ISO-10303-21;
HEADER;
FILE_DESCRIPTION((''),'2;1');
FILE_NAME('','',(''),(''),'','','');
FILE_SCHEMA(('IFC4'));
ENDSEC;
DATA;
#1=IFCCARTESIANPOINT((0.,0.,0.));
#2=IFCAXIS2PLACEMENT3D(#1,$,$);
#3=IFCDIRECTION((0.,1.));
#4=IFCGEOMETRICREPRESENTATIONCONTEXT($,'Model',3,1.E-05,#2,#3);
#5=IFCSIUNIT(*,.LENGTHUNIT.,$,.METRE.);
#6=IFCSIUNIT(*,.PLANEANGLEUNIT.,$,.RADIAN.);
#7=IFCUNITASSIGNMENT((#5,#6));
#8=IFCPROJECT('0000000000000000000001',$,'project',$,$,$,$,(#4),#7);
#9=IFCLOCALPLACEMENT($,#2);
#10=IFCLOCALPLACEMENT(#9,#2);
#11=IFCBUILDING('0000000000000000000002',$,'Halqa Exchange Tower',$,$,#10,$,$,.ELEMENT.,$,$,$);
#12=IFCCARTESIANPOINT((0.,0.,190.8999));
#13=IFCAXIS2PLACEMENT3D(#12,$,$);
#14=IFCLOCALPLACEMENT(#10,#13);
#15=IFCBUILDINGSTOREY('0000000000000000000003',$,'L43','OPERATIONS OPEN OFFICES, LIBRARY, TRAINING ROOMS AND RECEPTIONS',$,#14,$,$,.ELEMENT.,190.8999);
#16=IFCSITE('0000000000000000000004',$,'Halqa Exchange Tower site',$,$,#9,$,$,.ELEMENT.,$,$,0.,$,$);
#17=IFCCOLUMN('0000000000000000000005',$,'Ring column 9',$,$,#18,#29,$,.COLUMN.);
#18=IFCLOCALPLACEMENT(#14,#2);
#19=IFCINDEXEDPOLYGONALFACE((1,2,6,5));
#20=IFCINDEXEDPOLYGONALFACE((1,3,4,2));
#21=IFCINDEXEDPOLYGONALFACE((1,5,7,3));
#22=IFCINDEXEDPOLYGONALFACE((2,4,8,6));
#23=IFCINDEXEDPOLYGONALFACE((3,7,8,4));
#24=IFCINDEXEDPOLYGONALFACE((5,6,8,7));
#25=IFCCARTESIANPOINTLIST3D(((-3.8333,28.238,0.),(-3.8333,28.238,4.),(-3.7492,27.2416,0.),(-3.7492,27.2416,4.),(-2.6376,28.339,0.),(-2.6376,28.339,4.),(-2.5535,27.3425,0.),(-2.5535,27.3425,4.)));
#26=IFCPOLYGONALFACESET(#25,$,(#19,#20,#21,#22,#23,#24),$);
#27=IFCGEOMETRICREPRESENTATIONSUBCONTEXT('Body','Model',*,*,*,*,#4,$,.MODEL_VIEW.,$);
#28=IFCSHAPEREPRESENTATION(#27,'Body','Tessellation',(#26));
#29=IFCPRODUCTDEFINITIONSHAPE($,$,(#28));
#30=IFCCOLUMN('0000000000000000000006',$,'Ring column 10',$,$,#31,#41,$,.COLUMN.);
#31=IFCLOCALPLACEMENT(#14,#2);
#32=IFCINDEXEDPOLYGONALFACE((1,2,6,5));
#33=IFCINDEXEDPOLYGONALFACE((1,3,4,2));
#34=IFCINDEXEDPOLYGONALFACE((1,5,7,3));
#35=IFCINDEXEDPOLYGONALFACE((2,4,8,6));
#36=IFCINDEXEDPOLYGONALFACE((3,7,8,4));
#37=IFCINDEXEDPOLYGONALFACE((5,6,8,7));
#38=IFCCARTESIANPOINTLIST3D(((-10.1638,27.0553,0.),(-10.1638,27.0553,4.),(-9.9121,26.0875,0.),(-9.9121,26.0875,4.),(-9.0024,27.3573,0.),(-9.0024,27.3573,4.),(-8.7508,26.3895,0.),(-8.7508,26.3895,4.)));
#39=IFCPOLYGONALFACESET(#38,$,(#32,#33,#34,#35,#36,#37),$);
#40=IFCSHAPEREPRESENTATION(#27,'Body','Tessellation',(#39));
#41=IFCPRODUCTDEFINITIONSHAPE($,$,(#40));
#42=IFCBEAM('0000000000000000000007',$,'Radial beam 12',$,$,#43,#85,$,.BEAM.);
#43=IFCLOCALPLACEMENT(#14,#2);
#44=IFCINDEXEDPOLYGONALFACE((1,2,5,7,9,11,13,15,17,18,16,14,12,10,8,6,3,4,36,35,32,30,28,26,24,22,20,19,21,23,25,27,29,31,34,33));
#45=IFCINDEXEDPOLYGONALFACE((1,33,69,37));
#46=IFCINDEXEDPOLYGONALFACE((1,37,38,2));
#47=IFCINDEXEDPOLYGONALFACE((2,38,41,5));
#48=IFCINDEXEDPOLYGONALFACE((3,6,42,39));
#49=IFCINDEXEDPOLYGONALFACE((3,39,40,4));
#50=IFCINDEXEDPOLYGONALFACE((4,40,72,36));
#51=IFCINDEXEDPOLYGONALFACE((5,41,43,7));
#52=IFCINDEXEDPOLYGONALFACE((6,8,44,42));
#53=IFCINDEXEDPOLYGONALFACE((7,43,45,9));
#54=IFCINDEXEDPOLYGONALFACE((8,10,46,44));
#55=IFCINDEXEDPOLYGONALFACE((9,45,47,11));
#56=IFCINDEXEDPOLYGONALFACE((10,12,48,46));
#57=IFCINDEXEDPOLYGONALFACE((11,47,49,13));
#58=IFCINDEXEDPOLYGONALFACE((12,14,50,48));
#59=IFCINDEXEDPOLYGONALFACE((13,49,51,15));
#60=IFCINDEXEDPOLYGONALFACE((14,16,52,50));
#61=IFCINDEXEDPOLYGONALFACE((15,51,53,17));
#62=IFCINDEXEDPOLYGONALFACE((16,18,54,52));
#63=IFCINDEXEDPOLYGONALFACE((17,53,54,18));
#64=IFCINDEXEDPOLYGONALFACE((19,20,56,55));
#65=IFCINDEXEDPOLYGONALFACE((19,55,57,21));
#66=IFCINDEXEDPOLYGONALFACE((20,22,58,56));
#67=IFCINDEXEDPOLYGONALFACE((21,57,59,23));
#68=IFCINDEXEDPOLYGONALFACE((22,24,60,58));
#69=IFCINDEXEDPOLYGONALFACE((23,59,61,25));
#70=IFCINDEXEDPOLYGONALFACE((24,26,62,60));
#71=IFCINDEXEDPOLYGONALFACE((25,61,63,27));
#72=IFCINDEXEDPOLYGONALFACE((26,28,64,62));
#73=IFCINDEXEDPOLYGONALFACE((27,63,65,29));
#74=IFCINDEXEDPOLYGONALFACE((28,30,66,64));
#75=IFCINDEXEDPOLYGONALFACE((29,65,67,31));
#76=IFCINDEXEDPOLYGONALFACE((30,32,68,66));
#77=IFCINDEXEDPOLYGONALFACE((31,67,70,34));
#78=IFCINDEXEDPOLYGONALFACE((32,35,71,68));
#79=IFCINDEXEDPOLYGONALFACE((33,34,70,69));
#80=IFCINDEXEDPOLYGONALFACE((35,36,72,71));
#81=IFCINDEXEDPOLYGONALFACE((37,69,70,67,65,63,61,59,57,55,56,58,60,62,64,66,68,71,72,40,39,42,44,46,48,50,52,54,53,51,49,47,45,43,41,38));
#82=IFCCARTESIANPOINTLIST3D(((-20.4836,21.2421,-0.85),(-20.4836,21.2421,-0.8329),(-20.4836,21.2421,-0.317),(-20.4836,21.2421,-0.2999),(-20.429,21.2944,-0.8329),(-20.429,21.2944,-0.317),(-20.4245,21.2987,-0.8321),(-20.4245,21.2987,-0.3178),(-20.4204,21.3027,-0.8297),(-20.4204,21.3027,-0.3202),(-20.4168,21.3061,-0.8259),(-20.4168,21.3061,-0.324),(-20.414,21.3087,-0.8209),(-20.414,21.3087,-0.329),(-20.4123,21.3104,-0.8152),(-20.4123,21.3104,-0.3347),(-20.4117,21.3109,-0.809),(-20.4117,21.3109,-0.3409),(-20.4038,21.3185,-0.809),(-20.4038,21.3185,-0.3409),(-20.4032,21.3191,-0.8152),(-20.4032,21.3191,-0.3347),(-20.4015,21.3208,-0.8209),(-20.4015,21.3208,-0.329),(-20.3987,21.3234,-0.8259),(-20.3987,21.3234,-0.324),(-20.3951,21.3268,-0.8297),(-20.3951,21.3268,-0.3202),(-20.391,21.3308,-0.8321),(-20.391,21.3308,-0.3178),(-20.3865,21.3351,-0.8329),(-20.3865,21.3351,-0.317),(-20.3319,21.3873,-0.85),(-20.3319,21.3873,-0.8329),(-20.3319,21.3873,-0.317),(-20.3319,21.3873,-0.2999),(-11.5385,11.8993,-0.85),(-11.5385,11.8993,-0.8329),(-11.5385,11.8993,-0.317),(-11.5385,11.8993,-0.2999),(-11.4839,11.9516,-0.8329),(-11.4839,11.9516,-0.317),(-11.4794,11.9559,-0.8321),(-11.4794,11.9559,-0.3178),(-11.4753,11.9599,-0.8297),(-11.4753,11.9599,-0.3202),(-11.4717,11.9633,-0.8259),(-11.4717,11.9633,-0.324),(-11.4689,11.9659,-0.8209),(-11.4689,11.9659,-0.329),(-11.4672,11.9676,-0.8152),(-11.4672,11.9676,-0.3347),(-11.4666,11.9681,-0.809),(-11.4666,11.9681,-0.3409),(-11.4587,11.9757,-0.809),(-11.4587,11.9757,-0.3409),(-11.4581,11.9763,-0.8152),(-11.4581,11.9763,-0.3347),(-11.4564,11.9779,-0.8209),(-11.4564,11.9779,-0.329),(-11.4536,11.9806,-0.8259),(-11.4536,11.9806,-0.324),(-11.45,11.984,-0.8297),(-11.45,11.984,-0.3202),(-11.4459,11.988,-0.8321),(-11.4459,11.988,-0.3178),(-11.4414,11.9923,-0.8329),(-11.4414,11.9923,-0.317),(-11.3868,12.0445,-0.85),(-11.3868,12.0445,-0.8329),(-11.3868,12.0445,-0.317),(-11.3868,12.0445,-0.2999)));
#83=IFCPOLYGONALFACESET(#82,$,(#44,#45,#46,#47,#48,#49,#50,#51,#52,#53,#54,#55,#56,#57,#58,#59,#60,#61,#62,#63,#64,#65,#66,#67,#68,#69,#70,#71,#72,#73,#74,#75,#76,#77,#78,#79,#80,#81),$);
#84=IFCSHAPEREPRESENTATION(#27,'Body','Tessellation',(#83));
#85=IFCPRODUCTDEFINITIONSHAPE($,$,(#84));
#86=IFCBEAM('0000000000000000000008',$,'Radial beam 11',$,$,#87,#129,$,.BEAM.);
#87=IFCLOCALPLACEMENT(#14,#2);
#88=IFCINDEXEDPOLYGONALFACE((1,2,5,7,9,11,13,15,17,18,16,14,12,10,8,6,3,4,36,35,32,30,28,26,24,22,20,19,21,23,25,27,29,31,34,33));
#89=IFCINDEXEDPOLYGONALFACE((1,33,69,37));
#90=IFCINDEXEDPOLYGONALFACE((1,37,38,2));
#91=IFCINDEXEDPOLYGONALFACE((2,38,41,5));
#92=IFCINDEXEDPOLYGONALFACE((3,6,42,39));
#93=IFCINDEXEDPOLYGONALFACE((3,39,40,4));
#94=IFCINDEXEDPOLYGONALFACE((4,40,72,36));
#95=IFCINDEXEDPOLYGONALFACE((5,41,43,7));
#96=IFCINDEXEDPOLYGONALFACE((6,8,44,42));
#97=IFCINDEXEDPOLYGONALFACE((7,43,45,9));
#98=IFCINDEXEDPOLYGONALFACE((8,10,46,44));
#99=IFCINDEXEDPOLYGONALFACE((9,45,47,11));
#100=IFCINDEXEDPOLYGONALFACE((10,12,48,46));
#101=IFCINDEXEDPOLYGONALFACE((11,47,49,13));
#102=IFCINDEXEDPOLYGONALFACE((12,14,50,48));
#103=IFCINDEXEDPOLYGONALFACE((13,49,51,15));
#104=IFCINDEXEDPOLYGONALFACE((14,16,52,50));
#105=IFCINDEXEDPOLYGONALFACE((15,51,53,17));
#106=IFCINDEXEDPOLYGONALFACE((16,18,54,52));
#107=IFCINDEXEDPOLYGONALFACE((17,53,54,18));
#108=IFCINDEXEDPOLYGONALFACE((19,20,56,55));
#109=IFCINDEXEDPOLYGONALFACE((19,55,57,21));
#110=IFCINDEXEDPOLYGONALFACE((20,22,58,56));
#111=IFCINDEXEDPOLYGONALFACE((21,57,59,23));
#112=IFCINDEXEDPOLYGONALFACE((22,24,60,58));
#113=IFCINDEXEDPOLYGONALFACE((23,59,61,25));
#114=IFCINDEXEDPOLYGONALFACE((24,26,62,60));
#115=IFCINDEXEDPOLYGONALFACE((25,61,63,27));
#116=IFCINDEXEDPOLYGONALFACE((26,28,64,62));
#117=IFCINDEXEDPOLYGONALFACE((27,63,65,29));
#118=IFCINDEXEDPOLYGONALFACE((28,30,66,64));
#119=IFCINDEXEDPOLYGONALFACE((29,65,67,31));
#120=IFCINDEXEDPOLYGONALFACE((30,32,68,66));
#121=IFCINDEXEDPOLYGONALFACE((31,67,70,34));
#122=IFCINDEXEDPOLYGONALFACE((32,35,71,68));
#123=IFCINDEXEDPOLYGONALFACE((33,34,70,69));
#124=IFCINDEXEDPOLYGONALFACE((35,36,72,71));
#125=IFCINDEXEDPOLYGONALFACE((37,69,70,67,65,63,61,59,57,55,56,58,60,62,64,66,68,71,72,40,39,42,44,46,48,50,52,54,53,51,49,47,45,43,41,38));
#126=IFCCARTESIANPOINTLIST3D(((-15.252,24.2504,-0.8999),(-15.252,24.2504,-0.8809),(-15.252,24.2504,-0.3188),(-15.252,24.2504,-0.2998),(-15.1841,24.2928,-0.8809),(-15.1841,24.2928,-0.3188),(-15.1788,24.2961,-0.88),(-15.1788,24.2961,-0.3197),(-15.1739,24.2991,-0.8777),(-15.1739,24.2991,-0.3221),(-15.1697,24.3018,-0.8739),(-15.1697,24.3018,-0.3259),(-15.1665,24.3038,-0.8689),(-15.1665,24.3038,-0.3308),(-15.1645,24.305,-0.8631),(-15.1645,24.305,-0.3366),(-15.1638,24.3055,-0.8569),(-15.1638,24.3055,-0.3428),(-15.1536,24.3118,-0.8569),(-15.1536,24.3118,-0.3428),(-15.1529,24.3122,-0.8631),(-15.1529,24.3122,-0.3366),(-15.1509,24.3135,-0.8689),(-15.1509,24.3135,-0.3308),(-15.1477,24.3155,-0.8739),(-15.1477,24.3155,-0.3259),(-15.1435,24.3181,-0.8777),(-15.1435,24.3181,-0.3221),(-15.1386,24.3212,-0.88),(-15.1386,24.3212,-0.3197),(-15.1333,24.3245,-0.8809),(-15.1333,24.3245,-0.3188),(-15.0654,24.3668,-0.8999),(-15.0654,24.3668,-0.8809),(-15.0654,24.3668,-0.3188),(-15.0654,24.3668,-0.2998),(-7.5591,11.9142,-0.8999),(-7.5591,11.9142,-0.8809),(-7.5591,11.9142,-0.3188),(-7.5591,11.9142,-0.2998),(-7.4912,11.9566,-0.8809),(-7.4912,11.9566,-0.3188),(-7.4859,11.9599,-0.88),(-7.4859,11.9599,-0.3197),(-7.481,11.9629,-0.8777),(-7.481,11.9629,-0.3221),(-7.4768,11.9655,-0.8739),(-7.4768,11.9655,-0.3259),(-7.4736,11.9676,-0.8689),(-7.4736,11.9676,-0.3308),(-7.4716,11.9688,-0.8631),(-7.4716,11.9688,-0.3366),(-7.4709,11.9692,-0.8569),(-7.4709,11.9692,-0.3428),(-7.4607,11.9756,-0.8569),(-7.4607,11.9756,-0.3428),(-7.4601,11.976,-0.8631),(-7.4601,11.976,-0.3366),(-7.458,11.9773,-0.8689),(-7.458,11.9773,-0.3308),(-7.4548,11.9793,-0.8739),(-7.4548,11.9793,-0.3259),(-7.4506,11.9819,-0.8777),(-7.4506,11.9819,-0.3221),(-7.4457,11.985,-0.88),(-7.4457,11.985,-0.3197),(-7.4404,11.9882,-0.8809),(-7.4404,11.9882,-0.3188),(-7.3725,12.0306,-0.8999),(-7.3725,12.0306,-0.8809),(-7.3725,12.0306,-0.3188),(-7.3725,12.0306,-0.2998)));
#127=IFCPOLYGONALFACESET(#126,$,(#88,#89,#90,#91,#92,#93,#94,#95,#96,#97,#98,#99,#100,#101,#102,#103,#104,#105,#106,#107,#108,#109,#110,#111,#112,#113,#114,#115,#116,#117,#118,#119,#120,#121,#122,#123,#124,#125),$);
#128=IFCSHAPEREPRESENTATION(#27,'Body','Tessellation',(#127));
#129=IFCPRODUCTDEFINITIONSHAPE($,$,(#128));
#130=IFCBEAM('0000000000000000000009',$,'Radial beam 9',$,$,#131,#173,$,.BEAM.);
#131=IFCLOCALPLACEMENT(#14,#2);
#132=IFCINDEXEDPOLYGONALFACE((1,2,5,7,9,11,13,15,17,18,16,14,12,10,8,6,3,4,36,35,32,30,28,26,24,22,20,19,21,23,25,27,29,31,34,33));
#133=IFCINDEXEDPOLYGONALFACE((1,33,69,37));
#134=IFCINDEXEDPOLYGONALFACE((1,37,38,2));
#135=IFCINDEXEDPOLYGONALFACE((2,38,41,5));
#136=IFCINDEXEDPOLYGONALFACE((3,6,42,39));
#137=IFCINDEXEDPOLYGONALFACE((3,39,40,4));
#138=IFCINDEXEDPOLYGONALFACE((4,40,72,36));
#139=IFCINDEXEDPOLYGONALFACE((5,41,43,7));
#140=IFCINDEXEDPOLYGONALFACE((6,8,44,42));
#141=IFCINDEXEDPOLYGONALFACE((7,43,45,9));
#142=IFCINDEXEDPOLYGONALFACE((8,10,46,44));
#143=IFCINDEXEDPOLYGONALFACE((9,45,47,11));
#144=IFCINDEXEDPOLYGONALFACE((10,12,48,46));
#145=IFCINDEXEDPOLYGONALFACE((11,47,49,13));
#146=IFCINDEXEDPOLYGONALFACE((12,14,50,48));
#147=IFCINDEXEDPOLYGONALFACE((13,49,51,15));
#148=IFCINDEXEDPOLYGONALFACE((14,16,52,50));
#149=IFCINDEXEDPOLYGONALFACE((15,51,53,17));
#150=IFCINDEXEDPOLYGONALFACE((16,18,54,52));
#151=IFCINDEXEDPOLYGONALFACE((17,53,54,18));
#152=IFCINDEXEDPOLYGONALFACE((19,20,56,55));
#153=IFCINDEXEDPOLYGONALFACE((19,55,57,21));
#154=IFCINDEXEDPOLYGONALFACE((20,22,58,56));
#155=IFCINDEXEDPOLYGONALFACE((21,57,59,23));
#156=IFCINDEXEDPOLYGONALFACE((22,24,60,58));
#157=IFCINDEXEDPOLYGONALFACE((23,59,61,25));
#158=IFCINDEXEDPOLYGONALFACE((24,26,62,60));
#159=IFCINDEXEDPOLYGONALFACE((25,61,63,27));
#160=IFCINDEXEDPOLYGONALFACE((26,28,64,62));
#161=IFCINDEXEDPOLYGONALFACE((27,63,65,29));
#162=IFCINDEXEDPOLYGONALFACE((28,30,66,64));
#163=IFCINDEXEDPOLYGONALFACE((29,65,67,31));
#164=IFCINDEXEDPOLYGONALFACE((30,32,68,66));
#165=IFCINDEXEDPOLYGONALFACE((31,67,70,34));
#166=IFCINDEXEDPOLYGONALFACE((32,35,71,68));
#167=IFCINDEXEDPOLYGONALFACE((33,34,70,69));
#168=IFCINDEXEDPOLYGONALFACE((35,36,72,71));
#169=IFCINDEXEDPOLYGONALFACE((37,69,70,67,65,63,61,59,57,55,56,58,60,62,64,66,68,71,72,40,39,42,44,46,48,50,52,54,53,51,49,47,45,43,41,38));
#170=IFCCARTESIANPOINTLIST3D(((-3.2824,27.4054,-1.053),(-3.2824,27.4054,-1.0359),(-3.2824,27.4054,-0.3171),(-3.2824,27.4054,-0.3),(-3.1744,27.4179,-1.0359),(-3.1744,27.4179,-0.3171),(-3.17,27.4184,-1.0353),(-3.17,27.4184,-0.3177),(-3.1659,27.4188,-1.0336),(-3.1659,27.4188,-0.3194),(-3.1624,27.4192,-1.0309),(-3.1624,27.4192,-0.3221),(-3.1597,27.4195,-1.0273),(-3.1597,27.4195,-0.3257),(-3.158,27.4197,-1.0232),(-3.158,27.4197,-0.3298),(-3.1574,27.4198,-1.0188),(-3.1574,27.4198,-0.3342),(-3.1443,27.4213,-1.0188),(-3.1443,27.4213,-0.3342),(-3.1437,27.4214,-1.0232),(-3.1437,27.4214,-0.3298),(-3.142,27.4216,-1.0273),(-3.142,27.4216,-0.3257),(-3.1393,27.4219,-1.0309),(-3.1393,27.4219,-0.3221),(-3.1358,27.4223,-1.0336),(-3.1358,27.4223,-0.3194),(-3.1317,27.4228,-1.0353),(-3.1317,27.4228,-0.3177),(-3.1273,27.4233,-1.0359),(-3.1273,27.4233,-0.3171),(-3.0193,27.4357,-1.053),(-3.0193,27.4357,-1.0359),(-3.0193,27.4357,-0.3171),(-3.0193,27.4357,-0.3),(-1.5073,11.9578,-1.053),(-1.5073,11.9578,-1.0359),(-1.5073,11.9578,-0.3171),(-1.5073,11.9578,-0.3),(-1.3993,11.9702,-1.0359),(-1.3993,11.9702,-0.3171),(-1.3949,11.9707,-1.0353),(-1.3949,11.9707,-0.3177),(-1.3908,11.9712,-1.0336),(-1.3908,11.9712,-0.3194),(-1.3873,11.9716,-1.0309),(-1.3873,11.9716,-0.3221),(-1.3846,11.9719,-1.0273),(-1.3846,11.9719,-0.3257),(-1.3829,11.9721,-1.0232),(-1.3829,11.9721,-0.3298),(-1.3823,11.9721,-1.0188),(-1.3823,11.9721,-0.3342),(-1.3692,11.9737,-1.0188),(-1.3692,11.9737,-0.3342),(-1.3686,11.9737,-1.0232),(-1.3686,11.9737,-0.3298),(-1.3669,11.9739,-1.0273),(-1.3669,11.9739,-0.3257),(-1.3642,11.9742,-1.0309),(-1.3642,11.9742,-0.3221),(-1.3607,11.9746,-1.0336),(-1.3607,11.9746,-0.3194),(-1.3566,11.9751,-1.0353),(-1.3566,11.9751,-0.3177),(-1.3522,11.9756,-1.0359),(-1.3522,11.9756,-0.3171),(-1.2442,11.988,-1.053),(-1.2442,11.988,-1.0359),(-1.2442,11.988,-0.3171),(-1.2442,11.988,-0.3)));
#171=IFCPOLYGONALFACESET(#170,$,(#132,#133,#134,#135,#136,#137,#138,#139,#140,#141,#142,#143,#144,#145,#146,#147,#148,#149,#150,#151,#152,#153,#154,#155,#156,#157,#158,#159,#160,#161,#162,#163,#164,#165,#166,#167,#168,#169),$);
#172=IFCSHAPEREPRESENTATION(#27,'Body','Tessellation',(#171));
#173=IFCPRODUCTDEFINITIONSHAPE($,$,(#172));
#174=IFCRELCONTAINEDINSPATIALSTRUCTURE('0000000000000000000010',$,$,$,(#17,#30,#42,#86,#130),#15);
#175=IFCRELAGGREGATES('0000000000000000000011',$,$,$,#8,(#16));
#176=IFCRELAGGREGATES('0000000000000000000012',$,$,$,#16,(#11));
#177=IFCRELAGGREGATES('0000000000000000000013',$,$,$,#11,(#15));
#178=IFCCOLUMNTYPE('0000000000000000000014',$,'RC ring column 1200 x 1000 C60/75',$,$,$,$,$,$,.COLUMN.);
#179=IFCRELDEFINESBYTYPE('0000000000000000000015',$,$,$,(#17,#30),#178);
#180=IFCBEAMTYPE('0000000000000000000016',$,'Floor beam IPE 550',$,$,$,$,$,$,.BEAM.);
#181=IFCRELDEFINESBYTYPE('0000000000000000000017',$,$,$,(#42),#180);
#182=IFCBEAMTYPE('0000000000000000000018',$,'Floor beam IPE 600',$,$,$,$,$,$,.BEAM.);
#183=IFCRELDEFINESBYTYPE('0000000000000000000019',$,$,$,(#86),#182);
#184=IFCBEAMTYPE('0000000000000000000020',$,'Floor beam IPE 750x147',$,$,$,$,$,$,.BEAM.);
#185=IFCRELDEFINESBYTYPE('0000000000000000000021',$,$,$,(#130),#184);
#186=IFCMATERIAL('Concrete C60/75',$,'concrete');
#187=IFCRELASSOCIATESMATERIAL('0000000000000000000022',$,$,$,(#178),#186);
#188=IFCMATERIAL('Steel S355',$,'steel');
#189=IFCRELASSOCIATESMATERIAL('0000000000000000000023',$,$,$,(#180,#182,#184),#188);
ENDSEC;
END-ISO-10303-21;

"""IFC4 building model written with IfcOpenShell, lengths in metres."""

from ifc_helpers import new_model, si_unit, direction, frame, origin, origin_2d, place, context, subcontext, project, spatial, rectangle, i_section, extrude, material, material_profile, profile_set, type_object, element, save


model = new_model("IFC4")

# Units and contexts
model_context = context("Model", 3, precision=1e-05, world=origin(), true_north=direction((0.0, 1.0)))
body_context = subcontext(model_context, "Body", "Model", "MODEL_VIEW")
ifc_project = project(units=[si_unit("LENGTHUNIT", "METRE"), si_unit("PLANEANGLEUNIT", "RADIAN")], contexts=[model_context])

# Site, building, storey
site_placement = place(None, origin())
site = spatial("IfcSite", under=ifc_project, at=site_placement, Name="Halqa Exchange Tower site", CompositionType="ELEMENT", RefElevation=0.0)
building_placement = place(site_placement, origin())
building = spatial("IfcBuilding", under=site, at=building_placement, Name="Halqa Exchange Tower", CompositionType="ELEMENT")
storey_placement = place(building_placement, frame((0.0, 0.0, 190.8999)))
storey = spatial("IfcBuildingStorey", under=building, at=storey_placement, Name="L43", Description="OPERATIONS OPEN OFFICES, LIBRARY, TRAINING ROOMS AND RECEPTIONS", CompositionType="ELEMENT", Elevation=190.8999)

# Columns
ifc_material_1 = material(Name="Concrete C60/75", Category="concrete")
ifc_material_profile_1 = material_profile(ifc_material_1, rectangle(XDim=1.2, YDim=1.0, at=origin_2d()), Name="1200 x 1000")
ifc_profile_set_1 = profile_set([ifc_material_profile_1], Name="Concrete C60/75")
column_type = type_object("IfcColumnType", Name="RC ring column 1200 x 1000 C60/75", PredefinedType="COLUMN", material=ifc_profile_set_1)
for number, where, z_axis, x_axis, name in (
    (1, (-3.1934, 27.7903, 0.0), (0.0, 0.0, 1.0), (-0.996456, -0.084116, 0.0), "Ring column 9"),
    (2, (-9.4573, 26.7224, 0.0), (0.0, 0.0, 1.0), (-0.967821, -0.25164, 0.0), "Ring column 10"),
):
    element("IfcColumn", number, at=place(storey_placement, frame(where, z_axis=z_axis, x_axis=x_axis)), inside=storey, type_object=column_type, Name=name, PredefinedType="COLUMN", context=body_context, shape_type="SweptSolid", body=[
        extrude(rectangle(XDim=1.2, YDim=1.0, at=origin_2d()), origin(), (0.0, 0.0, 1.0), 4.0),
    ])

# Beams
ifc_material_2 = material(Name="Steel S355", Category="steel")
ifc_material_profile_2 = material_profile(ifc_material_2, i_section(OverallWidth=0.21, OverallDepth=0.55, WebThickness=0.011, FlangeThickness=0.0171, FilletRadius=0.0239, at=origin_2d()), Name="IPE 550")
ifc_profile_set_2 = profile_set([ifc_material_profile_2], Name="Steel S355")
beam_type_1 = type_object("IfcBeamType", Name="Floor beam IPE 550", PredefinedType="BEAM", material=ifc_profile_set_2)
beam_1_placement = place(storey_placement, frame((-11.4626, 11.9719, -0.575), z_axis=(-0.691566, 0.722313, 0.0), x_axis=(-0.722313, -0.691566, 0.0)))
element("IfcBeam", 3, at=beam_1_placement, inside=storey, type_object=beam_type_1, Name="Radial beam 12", PredefinedType="BEAM", context=body_context, shape_type="SweptSolid", body=[
    extrude(i_section(OverallWidth=0.21, OverallDepth=0.55, WebThickness=0.011, FlangeThickness=0.0171, FilletRadius=0.0239, at=origin_2d()), origin(), (0.0, 0.0, 1.0), 12.9346),
])
ifc_material_profile_3 = material_profile(ifc_material_2, i_section(OverallWidth=0.22, OverallDepth=0.6001, WebThickness=0.012, FlangeThickness=0.019, FilletRadius=0.0239, at=origin_2d()), Name="IPE 600")
ifc_profile_set_3 = profile_set([ifc_material_profile_3], Name="Steel S355")
beam_type_2 = type_object("IfcBeamType", Name="Floor beam IPE 600", PredefinedType="BEAM", material=ifc_profile_set_3)
beam_2_placement = place(storey_placement, frame((-7.4658, 11.9724, -0.5999), z_axis=(-0.529146, 0.848531, 0.0), x_axis=(-0.848531, -0.529146, 0.0)))
element("IfcBeam", 4, at=beam_2_placement, inside=storey, type_object=beam_type_2, Name="Radial beam 11", PredefinedType="BEAM", context=body_context, shape_type="SweptSolid", body=[
    extrude(i_section(OverallWidth=0.22, OverallDepth=0.6001, WebThickness=0.012, FlangeThickness=0.019, FilletRadius=0.0239, at=origin_2d()), origin(), (0.0, 0.0, 1.0), 14.5383),
])
ifc_material_profile_4 = material_profile(ifc_material_2, i_section(OverallWidth=0.2649, OverallDepth=0.7529, WebThickness=0.0132, FlangeThickness=0.0171, FilletRadius=0.0171, at=origin_2d()), Name="IPE 750x147")
ifc_profile_set_4 = profile_set([ifc_material_profile_4], Name="Steel S355")
beam_type_3 = type_object("IfcBeamType", Name="Floor beam IPE 750x147", PredefinedType="BEAM", material=ifc_profile_set_4)
beam_3_placement = place(storey_placement, frame((-1.3757, 11.9729, -0.6765), z_axis=(-0.114162, 0.993462, 0.0), x_axis=(-0.993462, -0.114162, 0.0)))
element("IfcBeam", 5, at=beam_3_placement, inside=storey, type_object=beam_type_3, Name="Radial beam 9", PredefinedType="BEAM", context=body_context, shape_type="SweptSolid", body=[
    extrude(i_section(OverallWidth=0.2649, OverallDepth=0.7529, WebThickness=0.0132, FlangeThickness=0.0171, FilletRadius=0.0171, at=origin_2d()), origin(), (0.0, 0.0, 1.0), 15.5493),
])

save(model, "model.ifc")
